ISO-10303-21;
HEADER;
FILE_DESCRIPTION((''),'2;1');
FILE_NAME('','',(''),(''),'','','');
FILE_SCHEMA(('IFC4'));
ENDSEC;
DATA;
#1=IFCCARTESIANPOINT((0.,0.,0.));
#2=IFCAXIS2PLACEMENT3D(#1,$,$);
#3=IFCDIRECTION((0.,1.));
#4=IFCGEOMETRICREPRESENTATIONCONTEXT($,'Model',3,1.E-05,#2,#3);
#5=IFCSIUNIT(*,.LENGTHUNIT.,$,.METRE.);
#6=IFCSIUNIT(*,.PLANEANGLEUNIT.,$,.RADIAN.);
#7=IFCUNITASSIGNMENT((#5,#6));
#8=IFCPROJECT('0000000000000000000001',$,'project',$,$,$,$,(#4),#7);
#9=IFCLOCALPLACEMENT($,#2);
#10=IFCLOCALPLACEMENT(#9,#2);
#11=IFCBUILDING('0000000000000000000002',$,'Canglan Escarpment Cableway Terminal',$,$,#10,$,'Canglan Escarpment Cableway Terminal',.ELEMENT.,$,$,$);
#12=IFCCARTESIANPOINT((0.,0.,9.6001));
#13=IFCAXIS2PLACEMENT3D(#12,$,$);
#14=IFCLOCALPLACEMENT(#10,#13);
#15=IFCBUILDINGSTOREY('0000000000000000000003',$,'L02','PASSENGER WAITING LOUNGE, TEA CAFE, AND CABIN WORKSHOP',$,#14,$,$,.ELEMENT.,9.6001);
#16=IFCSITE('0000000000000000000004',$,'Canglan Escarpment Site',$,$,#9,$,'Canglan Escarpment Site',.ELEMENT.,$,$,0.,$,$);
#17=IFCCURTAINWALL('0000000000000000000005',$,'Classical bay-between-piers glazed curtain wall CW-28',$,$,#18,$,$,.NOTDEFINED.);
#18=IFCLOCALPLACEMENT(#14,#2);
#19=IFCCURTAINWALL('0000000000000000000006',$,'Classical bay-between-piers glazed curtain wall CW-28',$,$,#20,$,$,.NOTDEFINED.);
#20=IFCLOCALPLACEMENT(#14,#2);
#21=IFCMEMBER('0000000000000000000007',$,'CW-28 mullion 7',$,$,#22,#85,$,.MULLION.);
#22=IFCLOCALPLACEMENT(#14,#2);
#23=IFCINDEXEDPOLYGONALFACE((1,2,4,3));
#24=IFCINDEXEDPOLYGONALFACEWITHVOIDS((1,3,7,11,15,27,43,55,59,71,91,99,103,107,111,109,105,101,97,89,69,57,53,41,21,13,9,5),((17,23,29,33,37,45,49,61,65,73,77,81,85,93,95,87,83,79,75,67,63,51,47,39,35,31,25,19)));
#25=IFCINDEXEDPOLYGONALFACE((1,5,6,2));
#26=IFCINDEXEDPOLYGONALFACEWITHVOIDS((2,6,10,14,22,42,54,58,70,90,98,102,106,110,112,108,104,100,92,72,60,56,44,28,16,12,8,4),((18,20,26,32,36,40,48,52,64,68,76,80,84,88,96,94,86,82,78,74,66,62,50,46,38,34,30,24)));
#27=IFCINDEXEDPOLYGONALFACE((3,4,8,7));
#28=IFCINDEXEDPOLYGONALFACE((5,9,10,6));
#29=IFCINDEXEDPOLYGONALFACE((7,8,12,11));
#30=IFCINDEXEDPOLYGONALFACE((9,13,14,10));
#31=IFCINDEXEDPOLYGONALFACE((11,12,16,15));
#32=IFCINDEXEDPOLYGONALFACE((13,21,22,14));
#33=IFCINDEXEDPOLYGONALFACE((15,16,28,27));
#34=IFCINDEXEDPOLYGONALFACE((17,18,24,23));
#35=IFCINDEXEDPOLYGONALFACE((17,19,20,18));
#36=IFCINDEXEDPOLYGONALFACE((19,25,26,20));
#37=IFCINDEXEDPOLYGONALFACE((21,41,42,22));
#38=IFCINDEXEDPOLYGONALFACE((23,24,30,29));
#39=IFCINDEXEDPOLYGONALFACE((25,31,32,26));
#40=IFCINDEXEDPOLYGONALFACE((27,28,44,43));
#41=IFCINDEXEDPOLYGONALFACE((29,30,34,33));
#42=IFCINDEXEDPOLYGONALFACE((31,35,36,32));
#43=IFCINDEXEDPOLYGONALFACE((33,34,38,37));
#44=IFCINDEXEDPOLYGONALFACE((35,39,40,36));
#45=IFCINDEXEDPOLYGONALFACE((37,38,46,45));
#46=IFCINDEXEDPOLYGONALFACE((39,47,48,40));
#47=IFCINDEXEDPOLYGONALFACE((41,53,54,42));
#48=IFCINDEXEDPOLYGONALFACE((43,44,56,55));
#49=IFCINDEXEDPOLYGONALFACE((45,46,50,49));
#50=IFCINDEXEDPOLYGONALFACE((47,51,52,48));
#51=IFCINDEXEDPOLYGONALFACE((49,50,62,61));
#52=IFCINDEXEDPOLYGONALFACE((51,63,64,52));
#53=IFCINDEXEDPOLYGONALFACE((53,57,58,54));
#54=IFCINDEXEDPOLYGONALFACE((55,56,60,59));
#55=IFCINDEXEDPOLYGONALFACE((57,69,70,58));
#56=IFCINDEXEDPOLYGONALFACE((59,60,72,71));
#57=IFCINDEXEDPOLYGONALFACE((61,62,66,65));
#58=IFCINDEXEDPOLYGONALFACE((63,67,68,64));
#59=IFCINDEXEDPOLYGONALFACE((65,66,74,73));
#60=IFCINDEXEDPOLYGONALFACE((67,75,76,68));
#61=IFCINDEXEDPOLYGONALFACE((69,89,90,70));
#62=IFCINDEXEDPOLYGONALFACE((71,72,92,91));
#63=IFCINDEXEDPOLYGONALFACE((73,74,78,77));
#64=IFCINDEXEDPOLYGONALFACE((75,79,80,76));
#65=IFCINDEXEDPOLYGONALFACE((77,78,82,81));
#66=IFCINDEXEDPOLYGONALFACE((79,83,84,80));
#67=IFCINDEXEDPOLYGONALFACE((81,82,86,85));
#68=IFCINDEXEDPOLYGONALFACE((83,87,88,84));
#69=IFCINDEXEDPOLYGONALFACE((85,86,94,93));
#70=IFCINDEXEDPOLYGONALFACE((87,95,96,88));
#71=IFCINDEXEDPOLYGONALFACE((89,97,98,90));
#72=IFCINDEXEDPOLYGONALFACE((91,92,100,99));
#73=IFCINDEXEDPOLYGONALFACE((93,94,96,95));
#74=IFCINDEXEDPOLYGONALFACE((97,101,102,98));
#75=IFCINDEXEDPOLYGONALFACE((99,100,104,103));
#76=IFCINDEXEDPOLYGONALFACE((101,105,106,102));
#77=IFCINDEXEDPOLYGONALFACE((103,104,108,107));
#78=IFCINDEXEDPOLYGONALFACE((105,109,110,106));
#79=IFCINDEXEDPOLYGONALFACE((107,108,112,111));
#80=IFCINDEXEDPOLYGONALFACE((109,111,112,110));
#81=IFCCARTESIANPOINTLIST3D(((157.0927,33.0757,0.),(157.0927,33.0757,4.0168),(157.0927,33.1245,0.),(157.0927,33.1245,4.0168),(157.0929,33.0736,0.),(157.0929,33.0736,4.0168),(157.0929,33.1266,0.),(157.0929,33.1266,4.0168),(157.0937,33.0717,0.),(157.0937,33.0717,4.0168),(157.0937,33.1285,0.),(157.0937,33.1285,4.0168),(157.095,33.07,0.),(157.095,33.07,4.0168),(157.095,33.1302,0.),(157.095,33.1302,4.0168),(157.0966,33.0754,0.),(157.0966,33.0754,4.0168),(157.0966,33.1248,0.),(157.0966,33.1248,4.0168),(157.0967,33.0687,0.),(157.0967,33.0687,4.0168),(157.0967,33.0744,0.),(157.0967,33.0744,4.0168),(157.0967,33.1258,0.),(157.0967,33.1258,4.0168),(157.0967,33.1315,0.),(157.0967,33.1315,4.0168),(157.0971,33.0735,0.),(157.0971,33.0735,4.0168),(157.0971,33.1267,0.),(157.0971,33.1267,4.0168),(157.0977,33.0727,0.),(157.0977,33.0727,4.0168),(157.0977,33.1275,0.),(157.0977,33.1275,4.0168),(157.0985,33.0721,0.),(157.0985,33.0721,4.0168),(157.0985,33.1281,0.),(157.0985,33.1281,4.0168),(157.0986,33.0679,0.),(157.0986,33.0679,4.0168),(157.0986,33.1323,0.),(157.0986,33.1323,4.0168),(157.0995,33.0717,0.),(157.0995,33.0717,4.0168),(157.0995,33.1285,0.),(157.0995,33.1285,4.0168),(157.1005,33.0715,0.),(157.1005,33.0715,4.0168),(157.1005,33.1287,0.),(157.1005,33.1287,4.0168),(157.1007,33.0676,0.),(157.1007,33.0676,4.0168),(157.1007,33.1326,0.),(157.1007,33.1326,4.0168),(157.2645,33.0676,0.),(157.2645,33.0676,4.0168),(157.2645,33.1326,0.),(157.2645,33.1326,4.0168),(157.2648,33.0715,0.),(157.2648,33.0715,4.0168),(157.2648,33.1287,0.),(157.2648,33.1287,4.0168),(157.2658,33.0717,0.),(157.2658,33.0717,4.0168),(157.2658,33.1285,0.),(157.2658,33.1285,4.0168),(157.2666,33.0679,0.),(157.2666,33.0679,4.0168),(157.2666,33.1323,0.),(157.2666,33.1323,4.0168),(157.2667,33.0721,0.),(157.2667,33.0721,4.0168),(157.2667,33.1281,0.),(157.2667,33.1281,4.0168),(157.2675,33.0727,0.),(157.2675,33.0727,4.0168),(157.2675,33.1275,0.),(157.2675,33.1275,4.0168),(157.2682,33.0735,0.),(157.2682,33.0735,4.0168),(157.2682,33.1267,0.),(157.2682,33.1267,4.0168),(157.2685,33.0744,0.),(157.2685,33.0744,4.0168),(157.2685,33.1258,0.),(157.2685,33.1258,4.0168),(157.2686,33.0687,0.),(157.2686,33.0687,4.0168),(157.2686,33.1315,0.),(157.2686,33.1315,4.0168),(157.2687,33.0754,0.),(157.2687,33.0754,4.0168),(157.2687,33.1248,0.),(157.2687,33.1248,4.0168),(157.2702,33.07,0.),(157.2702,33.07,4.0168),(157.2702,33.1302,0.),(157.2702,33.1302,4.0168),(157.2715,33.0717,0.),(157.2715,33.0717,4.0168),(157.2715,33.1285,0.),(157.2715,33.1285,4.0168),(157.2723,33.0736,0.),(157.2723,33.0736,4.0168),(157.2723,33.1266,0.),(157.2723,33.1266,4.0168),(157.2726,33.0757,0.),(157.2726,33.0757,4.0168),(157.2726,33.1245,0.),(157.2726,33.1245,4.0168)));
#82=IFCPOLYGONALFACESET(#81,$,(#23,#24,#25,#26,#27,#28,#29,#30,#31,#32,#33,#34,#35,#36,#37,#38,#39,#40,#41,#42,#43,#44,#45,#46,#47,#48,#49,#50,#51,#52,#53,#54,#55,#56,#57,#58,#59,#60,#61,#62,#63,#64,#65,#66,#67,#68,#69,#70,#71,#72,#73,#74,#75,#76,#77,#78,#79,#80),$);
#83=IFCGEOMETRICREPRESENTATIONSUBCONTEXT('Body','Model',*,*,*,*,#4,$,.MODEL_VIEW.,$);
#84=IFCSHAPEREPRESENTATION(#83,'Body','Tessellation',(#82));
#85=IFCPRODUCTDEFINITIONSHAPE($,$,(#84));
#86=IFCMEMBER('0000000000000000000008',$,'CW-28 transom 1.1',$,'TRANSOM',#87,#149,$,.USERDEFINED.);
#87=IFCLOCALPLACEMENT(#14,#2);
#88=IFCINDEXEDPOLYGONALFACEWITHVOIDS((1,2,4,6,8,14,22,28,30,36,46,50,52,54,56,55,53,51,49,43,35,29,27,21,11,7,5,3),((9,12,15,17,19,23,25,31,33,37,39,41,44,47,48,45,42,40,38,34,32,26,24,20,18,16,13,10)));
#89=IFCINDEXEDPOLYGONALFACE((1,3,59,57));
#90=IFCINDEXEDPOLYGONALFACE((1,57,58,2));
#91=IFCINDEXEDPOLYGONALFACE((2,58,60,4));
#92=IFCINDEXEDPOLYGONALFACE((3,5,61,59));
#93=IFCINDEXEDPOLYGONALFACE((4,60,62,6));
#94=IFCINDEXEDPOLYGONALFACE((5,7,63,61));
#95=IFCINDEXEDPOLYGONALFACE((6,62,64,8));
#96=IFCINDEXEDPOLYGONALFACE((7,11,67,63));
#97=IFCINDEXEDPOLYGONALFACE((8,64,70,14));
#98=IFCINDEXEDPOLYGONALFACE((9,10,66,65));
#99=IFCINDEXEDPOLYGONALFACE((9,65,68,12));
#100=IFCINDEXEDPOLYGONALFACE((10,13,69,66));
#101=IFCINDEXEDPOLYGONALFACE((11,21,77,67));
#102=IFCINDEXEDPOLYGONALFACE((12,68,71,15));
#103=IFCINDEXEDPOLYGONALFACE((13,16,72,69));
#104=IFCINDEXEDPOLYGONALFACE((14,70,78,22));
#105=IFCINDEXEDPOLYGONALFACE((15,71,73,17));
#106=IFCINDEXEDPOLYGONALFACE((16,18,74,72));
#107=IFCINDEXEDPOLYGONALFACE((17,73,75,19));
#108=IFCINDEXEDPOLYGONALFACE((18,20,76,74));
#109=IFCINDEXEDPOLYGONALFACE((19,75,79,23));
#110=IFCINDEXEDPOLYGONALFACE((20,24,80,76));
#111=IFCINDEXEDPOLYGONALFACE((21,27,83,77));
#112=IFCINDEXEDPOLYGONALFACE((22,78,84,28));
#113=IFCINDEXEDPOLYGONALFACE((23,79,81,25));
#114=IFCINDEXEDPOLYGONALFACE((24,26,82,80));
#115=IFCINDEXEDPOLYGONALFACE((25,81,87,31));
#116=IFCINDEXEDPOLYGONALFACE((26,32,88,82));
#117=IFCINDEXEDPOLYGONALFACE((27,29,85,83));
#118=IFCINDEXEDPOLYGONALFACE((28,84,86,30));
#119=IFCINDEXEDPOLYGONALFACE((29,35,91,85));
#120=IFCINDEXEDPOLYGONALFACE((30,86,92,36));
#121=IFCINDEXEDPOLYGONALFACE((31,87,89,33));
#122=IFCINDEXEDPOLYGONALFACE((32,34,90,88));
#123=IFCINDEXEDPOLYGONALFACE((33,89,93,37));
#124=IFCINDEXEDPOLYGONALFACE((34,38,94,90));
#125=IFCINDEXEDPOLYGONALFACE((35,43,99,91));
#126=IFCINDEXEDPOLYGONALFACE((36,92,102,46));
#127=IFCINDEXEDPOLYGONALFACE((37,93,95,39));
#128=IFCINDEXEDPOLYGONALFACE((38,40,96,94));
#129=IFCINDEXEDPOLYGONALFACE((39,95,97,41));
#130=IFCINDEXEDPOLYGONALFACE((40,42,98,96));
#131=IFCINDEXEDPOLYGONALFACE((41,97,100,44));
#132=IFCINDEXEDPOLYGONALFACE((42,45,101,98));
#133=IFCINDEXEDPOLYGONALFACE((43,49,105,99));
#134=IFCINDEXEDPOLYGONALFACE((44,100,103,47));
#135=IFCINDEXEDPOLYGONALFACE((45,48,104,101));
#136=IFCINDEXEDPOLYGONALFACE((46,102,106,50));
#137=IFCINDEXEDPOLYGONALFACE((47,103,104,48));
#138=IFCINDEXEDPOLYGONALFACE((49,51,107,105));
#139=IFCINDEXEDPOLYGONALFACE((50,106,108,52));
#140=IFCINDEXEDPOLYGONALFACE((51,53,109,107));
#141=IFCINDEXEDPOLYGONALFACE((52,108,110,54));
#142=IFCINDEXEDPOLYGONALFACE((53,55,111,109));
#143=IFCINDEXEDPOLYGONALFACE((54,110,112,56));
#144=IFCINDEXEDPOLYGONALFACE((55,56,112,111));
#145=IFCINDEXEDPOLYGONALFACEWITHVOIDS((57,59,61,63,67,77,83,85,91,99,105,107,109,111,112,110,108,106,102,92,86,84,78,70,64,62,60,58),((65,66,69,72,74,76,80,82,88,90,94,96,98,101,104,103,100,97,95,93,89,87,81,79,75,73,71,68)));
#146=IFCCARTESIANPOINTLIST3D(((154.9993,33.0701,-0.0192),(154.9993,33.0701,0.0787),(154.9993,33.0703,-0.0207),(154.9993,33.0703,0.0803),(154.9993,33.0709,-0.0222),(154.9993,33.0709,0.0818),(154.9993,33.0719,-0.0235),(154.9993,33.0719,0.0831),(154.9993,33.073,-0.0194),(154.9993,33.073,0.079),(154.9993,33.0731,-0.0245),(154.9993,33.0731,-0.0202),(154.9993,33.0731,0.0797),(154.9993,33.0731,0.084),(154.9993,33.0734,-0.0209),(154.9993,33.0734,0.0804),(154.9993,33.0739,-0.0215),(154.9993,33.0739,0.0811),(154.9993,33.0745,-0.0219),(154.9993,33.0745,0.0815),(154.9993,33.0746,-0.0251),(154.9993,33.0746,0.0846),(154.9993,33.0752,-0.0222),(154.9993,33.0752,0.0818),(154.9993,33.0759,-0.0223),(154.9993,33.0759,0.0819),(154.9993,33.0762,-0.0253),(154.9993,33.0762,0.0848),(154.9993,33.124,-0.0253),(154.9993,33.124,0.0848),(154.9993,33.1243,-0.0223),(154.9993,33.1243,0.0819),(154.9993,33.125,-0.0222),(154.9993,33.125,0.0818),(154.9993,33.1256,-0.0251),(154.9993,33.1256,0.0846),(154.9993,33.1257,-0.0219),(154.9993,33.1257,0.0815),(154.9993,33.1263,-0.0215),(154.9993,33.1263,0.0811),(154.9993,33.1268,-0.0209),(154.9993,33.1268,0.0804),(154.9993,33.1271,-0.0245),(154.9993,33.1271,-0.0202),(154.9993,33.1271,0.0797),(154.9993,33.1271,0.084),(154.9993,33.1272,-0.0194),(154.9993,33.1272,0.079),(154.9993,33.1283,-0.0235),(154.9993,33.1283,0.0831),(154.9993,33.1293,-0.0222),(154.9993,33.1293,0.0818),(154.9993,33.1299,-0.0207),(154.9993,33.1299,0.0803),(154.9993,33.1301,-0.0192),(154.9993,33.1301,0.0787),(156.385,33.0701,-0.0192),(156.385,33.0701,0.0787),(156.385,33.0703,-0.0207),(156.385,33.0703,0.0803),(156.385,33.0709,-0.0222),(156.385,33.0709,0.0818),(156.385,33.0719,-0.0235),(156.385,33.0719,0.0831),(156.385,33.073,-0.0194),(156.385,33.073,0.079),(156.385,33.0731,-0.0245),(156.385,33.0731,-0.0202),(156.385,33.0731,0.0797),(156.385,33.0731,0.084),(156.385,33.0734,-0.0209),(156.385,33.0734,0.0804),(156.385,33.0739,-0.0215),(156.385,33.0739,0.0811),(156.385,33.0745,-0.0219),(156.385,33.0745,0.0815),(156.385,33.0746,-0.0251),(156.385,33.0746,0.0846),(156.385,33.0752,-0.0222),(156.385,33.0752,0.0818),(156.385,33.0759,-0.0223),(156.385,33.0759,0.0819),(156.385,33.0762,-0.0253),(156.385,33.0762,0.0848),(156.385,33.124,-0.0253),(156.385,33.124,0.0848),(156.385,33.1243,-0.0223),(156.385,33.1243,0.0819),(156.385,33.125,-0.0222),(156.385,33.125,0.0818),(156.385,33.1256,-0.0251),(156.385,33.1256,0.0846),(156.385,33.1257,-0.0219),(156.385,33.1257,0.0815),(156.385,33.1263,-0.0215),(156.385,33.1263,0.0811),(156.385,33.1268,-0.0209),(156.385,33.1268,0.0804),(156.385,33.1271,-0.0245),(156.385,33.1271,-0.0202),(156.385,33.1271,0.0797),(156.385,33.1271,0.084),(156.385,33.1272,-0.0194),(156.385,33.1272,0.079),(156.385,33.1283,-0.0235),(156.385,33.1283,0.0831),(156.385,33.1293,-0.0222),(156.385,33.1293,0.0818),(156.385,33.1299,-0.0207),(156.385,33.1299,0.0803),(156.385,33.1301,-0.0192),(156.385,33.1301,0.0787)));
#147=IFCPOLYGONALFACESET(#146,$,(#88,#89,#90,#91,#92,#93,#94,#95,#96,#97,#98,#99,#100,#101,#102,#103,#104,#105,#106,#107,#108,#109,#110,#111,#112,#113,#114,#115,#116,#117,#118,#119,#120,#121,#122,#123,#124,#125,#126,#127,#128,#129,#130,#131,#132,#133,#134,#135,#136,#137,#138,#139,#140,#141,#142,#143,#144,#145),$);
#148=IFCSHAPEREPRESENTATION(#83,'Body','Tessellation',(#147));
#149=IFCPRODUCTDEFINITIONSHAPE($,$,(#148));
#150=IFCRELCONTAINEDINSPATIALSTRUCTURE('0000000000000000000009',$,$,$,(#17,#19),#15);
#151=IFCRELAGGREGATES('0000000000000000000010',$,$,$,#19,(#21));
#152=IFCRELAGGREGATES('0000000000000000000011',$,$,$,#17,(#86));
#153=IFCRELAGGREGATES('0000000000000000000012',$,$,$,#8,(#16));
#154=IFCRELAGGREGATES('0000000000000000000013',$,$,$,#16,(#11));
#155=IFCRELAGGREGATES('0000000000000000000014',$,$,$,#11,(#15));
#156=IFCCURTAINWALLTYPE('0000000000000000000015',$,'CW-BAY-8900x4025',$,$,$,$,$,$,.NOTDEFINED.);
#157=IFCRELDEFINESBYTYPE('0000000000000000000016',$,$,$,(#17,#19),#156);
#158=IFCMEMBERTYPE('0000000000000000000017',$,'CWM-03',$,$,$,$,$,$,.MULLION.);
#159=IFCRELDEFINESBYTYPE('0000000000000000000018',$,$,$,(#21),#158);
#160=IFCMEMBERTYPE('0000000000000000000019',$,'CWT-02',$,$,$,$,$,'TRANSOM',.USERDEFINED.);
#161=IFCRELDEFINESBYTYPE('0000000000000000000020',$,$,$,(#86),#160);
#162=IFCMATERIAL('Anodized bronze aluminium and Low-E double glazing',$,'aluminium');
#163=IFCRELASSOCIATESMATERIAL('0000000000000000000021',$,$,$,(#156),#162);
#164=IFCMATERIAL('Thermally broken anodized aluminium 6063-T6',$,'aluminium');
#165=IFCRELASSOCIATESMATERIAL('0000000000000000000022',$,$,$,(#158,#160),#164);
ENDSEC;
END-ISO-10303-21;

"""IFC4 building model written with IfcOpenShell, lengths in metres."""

from ifc_helpers import new_model, si_unit, direction, frame, origin, origin_2d, place, context, subcontext, project, spatial, hollow_rectangle, extrude, material, material_profile, profile_set, type_object, element, aggregate, save


model = new_model("IFC4")

# Units and contexts
model_context = context("Model", 3, precision=1e-05, world=origin(), true_north=direction((0.0, 1.0)))
body_context = subcontext(model_context, "Body", "Model", "MODEL_VIEW")
ifc_project = project(units=[si_unit("LENGTHUNIT", "METRE"), si_unit("PLANEANGLEUNIT", "RADIAN")], contexts=[model_context])

# Site, building, storey
site_placement = place(None, origin())
site = spatial("IfcSite", under=ifc_project, at=site_placement, Name="Canglan Escarpment Site", LongName="Canglan Escarpment Site", CompositionType="ELEMENT", RefElevation=0.0)
building_placement = place(site_placement, origin())
building = spatial("IfcBuilding", under=site, at=building_placement, Name="Canglan Escarpment Cableway Terminal", LongName="Canglan Escarpment Cableway Terminal", CompositionType="ELEMENT")
storey_placement = place(building_placement, frame((0.0, 0.0, 9.6001)))
storey = spatial("IfcBuildingStorey", under=building, at=storey_placement, Name="L02", Description="PASSENGER WAITING LOUNGE, TEA CAFE, AND CABIN WORKSHOP", CompositionType="ELEMENT", Elevation=9.6001)

# Curtain wall
ifc_material_1 = material(Name="Anodized bronze aluminium and Low-E double glazing", Category="aluminium")
curtain_wall_type = type_object("IfcCurtainWallType", Name="CW-BAY-8900x4025", PredefinedType="NOTDEFINED", material=ifc_material_1)
curtain_wall_1_placement = place(storey_placement, origin())
curtain_wall_1 = element("IfcCurtainWall", 1, at=curtain_wall_1_placement, inside=storey, type_object=curtain_wall_type, Name="Classical bay-between-piers glazed curtain wall CW-28", PredefinedType="NOTDEFINED")
ifc_material_2 = material(Name="Thermally broken anodized aluminium 6063-T6", Category="aluminium")

# Curtain wall, member
curtain_wall_2_placement = place(storey_placement, origin())
curtain_wall_2 = element("IfcCurtainWall", 2, at=curtain_wall_2_placement, inside=storey, type_object=curtain_wall_type, Name="Classical bay-between-piers glazed curtain wall CW-28", PredefinedType="NOTDEFINED")
ifc_material_profile_1 = material_profile(ifc_material_2, hollow_rectangle(XDim=0.0649, YDim=0.1799, WallThickness=0.0039, InnerFilletRadius=0.0039, OuterFilletRadius=0.0081, at=origin_2d()), Name="ALU-MULL 65x180x4")
ifc_profile_set_1 = profile_set([ifc_material_profile_1], Name="Thermally broken anodized aluminium 6063-T6")
member_type_1 = type_object("IfcMemberType", Name="CWM-03", PredefinedType="MULLION", material=ifc_profile_set_1)
member_1_placement = place(storey_placement, frame((157.1826, 33.1001, 0.0), z_axis=(0.0, 0.0, 1.0), x_axis=(0.0, -1.0, 0.0)))
member_1 = element("IfcMember", 3, at=member_1_placement, type_object=member_type_1, Name="CW-28 mullion 7", PredefinedType="MULLION", context=body_context, shape_type="SweptSolid", body=[
    extrude(hollow_rectangle(XDim=0.0649, YDim=0.1799, WallThickness=0.0039, InnerFilletRadius=0.0039, OuterFilletRadius=0.0081, at=origin_2d()), origin(), (0.0, 0.0, 1.0), 4.0168),
])

# Member
ifc_material_profile_2 = material_profile(ifc_material_2, hollow_rectangle(XDim=0.0601, YDim=0.1101, WallThickness=0.0029, InnerFilletRadius=0.0029, OuterFilletRadius=0.0061, at=origin_2d()), Name="ALU-TRAN 60x110x3")
ifc_profile_set_2 = profile_set([ifc_material_profile_2], Name="Thermally broken anodized aluminium 6063-T6")
member_type_2 = type_object("IfcMemberType", Name="CWT-02", ElementType="TRANSOM", PredefinedType="USERDEFINED", material=ifc_profile_set_2)
member_2_placement = place(storey_placement, frame((156.385, 33.1001, 0.0298), z_axis=(-1.0, 0.0, 0.0), x_axis=(0.0, -1.0, 0.0)))
member_2 = element("IfcMember", 4, at=member_2_placement, type_object=member_type_2, Name="CW-28 transom 1.1", ObjectType="TRANSOM", PredefinedType="USERDEFINED", context=body_context, shape_type="SweptSolid", body=[
    extrude(hollow_rectangle(XDim=0.0601, YDim=0.1101, WallThickness=0.0029, InnerFilletRadius=0.0029, OuterFilletRadius=0.0061, at=origin_2d()), origin(), (0.0, 0.0, 1.0), 1.3857),
])

aggregate(curtain_wall_2, [member_1])
aggregate(curtain_wall_1, [member_2])

save(model, "model.ifc")
